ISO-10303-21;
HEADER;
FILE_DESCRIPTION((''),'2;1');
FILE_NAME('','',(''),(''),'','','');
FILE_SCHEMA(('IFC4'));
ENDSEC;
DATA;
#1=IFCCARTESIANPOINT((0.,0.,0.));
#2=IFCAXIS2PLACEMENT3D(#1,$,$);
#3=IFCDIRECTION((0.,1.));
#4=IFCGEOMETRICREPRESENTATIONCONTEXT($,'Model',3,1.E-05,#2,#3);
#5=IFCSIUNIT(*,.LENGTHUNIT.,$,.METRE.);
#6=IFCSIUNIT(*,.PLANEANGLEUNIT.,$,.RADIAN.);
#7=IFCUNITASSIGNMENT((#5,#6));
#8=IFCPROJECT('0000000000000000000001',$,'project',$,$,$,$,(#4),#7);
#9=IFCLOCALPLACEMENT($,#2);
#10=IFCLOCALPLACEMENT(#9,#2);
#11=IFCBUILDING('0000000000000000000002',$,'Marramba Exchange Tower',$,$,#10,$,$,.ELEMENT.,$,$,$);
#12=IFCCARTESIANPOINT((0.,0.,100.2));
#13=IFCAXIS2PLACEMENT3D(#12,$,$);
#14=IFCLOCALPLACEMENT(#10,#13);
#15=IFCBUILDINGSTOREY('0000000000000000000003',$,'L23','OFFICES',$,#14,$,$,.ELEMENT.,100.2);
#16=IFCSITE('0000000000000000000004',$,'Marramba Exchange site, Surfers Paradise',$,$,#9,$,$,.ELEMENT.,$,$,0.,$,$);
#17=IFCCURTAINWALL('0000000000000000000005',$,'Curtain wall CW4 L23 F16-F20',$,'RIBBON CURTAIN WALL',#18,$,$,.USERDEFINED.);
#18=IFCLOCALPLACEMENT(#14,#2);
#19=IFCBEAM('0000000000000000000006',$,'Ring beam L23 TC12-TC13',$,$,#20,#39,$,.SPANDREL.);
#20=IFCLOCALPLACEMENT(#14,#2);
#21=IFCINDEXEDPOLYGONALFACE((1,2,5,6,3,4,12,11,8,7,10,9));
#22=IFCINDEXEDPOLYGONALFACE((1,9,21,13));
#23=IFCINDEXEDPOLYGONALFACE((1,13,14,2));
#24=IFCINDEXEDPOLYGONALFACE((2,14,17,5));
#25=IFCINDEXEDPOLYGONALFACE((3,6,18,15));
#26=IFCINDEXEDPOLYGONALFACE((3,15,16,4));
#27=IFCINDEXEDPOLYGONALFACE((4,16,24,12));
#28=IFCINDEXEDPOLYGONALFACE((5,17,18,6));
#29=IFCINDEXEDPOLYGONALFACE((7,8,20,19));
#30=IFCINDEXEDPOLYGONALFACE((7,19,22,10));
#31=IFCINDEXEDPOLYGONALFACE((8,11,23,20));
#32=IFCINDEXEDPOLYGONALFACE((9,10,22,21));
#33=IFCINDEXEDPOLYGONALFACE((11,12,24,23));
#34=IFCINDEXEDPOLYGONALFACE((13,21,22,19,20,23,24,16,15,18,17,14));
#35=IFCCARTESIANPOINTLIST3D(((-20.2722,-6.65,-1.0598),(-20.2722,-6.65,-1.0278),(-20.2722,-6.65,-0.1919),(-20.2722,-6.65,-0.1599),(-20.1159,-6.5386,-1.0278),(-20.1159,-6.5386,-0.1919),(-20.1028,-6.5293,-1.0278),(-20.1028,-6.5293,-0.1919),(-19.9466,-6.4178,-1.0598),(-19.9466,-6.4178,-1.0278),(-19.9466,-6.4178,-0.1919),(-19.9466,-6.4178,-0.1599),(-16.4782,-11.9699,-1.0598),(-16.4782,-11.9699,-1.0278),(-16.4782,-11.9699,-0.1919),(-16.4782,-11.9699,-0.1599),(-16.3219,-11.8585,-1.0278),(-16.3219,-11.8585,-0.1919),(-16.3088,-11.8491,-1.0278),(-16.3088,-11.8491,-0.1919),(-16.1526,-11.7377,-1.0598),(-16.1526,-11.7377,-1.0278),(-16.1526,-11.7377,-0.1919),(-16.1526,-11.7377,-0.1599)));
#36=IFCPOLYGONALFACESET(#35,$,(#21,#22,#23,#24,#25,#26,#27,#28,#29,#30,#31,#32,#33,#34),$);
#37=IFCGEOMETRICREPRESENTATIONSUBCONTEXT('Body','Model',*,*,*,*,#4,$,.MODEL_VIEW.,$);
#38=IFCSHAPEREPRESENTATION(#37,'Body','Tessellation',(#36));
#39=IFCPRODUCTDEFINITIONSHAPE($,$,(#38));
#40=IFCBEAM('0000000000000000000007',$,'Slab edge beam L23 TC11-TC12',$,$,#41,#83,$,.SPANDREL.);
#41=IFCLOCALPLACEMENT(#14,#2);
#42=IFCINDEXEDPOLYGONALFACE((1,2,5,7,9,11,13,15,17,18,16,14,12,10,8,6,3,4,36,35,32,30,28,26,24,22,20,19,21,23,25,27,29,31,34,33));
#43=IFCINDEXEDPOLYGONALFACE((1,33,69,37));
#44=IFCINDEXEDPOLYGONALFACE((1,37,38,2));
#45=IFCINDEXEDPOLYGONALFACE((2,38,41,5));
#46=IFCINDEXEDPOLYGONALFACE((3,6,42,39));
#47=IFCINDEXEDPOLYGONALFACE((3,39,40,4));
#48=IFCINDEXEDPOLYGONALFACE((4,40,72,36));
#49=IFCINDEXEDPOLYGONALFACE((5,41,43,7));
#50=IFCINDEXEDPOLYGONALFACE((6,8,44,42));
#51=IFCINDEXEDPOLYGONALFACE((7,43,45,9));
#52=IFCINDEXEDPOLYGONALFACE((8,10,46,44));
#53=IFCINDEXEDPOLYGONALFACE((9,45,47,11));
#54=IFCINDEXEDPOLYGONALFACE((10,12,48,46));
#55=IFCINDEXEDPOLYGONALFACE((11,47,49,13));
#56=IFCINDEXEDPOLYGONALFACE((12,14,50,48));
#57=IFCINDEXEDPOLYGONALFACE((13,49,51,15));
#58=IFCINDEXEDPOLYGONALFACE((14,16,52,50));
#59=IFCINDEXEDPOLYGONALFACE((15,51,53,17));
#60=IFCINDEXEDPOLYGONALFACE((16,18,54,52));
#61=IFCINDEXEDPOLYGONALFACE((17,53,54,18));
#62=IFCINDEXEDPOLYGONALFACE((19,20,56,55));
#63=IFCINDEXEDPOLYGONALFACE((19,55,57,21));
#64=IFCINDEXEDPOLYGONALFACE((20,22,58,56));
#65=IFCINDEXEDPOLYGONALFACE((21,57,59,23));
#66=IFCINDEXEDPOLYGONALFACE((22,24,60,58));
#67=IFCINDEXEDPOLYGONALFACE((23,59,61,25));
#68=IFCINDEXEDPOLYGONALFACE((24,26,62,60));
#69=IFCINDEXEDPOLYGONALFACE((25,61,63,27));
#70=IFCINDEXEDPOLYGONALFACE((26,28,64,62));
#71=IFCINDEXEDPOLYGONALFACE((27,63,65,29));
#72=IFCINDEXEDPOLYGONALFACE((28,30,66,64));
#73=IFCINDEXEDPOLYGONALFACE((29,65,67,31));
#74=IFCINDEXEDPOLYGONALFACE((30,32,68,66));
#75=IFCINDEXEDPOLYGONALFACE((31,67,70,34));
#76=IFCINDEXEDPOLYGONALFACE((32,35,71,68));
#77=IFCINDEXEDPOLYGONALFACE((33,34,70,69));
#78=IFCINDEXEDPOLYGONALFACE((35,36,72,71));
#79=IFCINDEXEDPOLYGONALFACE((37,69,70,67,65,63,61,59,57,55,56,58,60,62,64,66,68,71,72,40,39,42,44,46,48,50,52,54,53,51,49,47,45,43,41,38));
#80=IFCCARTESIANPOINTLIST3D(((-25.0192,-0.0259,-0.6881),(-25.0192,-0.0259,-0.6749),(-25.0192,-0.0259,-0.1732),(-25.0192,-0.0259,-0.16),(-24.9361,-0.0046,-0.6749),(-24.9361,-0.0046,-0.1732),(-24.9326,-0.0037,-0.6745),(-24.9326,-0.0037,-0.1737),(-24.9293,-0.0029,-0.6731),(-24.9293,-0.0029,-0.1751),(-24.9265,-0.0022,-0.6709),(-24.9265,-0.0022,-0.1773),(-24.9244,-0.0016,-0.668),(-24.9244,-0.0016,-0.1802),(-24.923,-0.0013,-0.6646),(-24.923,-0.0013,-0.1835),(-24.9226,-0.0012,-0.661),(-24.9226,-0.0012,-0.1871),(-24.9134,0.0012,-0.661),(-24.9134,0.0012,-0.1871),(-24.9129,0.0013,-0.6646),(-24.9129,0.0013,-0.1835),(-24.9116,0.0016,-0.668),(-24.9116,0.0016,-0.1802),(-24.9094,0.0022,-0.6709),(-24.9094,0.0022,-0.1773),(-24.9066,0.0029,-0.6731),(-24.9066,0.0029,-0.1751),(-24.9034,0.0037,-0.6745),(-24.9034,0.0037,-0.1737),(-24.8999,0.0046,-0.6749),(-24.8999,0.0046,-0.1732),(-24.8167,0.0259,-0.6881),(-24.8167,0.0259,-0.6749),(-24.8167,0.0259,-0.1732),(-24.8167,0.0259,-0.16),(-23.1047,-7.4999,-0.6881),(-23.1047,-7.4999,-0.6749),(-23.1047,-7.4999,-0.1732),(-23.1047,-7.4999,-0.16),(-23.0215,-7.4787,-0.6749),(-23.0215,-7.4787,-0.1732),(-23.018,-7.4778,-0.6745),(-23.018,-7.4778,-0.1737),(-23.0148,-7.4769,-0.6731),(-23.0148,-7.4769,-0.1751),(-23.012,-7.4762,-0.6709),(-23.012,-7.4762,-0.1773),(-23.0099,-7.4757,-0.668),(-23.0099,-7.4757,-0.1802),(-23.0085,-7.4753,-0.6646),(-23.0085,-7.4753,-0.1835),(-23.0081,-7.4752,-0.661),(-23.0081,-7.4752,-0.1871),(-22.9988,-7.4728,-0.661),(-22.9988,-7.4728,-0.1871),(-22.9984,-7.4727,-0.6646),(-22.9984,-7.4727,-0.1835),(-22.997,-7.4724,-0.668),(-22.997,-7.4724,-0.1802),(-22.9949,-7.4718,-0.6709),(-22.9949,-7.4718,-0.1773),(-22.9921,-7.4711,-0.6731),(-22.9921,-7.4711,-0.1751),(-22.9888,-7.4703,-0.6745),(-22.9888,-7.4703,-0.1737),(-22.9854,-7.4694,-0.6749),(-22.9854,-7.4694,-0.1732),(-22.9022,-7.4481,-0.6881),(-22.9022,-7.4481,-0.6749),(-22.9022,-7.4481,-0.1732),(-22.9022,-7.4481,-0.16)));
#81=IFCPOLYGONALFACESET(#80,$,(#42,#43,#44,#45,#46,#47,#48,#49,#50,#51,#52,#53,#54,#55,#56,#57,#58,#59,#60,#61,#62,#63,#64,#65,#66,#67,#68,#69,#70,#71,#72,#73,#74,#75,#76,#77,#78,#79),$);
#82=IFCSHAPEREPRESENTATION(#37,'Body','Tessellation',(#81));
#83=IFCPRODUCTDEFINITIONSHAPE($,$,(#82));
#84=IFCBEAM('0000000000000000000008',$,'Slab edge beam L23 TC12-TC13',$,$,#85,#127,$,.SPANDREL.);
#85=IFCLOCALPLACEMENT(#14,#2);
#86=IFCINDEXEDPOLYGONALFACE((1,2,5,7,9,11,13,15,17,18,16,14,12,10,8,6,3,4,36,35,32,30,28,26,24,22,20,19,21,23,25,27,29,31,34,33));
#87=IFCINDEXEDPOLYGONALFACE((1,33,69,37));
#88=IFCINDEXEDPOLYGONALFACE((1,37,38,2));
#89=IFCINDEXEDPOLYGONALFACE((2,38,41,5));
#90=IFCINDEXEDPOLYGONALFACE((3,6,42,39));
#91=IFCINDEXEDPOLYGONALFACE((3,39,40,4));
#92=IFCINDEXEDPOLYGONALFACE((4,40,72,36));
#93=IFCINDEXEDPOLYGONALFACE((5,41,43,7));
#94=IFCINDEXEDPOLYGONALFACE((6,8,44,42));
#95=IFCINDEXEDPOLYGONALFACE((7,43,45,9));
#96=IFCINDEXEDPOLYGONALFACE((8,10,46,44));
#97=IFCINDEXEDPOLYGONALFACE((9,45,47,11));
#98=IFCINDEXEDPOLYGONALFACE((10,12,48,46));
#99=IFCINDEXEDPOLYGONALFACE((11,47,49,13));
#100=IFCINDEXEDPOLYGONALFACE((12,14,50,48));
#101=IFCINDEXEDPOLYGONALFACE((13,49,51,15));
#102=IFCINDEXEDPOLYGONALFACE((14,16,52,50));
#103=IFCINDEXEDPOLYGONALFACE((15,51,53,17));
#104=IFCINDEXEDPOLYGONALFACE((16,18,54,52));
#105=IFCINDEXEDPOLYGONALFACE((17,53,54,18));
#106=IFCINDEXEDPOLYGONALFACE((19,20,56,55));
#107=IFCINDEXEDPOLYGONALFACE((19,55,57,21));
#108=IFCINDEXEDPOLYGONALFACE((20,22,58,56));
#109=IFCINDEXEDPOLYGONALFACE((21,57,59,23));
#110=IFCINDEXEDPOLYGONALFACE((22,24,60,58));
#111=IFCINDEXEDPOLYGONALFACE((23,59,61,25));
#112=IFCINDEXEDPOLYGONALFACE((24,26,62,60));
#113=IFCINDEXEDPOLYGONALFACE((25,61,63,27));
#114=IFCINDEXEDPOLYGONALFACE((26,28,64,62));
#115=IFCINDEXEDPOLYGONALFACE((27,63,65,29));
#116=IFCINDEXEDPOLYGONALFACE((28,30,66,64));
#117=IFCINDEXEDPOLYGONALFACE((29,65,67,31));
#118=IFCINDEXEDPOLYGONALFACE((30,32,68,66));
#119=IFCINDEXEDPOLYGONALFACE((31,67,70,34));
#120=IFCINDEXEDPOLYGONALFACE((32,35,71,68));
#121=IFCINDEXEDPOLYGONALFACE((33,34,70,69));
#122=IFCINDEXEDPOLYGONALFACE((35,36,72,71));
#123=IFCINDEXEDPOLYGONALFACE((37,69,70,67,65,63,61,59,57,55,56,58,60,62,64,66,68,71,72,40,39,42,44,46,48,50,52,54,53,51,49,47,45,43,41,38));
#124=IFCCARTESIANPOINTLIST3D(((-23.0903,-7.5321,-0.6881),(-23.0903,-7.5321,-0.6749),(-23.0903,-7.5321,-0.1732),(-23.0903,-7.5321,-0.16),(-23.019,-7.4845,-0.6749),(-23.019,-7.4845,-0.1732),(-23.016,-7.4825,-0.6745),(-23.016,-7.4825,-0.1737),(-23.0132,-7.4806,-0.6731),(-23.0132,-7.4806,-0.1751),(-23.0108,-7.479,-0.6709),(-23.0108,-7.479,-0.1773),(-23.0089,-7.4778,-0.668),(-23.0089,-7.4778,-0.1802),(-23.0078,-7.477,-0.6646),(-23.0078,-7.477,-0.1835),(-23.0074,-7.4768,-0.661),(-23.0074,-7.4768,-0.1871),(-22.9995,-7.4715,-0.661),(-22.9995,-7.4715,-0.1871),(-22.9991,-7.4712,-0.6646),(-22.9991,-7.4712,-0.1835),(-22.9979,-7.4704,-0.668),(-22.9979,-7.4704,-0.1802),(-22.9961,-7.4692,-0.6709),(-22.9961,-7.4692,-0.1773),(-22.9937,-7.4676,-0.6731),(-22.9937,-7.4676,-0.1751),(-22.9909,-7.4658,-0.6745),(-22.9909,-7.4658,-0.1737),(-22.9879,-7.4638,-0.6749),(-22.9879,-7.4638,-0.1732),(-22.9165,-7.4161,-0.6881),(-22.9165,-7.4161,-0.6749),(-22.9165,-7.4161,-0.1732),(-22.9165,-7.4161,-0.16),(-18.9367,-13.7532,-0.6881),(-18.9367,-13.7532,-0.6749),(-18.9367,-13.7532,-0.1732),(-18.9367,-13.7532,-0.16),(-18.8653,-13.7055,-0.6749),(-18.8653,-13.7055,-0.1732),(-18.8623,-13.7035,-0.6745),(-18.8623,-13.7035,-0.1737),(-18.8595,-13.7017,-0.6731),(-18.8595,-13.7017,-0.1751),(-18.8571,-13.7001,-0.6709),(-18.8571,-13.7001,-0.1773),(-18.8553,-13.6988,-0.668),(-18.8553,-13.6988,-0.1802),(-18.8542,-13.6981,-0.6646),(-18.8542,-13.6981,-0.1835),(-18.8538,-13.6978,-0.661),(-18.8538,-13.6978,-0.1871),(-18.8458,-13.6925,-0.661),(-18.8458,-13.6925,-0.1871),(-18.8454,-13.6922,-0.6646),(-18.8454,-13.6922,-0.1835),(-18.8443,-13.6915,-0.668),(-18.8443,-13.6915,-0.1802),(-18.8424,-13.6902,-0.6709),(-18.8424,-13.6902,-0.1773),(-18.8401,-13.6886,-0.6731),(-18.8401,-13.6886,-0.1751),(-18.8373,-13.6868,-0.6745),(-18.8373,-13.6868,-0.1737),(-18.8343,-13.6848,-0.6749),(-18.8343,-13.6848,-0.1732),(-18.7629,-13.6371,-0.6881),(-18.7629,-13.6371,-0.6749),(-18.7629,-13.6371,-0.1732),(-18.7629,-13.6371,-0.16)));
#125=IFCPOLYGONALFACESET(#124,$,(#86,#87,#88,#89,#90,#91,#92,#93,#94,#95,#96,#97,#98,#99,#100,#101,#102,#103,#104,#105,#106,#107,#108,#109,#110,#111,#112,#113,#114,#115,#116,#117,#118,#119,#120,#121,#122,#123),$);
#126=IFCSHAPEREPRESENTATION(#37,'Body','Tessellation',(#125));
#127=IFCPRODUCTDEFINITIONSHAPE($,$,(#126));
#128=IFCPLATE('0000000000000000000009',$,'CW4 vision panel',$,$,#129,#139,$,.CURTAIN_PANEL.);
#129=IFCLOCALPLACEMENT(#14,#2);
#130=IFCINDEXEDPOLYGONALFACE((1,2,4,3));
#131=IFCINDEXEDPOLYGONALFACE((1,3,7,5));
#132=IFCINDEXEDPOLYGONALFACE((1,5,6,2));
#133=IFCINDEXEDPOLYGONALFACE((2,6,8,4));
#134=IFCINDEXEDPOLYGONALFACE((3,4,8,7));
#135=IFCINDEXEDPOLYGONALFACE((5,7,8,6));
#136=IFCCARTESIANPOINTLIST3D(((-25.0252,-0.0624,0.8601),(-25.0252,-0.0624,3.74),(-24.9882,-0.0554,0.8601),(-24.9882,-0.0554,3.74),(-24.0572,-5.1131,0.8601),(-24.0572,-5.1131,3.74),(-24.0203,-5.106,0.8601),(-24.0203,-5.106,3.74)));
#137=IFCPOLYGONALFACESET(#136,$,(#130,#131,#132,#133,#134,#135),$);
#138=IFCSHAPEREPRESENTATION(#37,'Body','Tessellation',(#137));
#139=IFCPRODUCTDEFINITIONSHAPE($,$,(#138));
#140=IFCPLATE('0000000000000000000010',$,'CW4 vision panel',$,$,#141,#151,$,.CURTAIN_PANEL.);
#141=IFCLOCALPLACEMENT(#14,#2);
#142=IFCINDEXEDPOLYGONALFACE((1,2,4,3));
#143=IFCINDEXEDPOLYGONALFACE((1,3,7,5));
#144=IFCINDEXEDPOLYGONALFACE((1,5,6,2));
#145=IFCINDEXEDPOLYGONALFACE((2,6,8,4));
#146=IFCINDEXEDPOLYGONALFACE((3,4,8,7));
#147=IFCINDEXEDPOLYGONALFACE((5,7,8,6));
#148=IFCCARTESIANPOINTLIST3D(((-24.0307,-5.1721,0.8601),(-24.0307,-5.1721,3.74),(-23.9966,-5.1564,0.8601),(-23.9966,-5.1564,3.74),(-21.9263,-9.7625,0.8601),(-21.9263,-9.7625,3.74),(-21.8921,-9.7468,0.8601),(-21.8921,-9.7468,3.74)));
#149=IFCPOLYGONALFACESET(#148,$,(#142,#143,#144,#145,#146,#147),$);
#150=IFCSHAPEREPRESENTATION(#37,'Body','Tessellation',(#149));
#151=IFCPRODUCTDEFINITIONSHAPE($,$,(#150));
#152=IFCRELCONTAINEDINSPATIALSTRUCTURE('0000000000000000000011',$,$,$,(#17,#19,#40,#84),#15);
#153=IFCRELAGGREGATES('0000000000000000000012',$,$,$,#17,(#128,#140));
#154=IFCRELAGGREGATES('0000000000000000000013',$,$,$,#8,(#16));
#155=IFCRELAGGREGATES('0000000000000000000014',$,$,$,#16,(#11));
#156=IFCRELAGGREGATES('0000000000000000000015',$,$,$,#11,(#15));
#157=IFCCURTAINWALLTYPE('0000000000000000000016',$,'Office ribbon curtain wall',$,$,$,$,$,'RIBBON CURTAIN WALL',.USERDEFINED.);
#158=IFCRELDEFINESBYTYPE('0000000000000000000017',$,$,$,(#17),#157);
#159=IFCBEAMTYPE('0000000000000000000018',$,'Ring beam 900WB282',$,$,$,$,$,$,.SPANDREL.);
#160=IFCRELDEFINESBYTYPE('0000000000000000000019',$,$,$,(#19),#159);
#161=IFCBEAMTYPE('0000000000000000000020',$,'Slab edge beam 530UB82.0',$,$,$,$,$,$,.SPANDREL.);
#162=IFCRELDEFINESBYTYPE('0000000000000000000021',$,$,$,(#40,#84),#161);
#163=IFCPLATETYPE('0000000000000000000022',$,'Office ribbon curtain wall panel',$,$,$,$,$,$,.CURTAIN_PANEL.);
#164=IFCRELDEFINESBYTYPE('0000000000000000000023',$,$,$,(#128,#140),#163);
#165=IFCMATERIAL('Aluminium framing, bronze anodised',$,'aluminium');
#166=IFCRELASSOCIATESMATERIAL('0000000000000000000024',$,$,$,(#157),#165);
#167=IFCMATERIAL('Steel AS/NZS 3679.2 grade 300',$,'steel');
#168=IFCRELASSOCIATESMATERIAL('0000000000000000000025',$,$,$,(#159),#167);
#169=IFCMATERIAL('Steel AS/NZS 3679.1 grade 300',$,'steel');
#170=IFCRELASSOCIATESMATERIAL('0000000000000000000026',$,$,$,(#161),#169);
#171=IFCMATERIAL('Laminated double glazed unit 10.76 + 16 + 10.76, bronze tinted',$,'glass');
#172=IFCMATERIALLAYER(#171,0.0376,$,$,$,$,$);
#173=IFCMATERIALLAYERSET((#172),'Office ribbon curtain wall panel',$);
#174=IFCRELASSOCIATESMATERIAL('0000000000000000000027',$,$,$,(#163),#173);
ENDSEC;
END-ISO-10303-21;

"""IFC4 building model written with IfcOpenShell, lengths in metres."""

from ifc_helpers import new_model, si_unit, direction, frame, origin, origin_2d, place, context, subcontext, project, spatial, rectangle, i_section, extrude, material, layer, layer_set, material_profile, profile_set, type_object, element, aggregate, save


model = new_model("IFC4")

# Units and contexts
model_context = context("Model", 3, precision=1e-05, world=origin(), true_north=direction((0.0, 1.0)))
body_context = subcontext(model_context, "Body", "Model", "MODEL_VIEW")
ifc_project = project(units=[si_unit("LENGTHUNIT", "METRE"), si_unit("PLANEANGLEUNIT", "RADIAN")], contexts=[model_context])

# Site, building, storey
site_placement = place(None, origin())
site = spatial("IfcSite", under=ifc_project, at=site_placement, Name="Marramba Exchange site, Surfers Paradise", CompositionType="ELEMENT", RefElevation=0.0)
building_placement = place(site_placement, origin())
building = spatial("IfcBuilding", under=site, at=building_placement, Name="Marramba Exchange Tower", CompositionType="ELEMENT")
storey_placement = place(building_placement, frame((0.0, 0.0, 100.2)))
storey = spatial("IfcBuildingStorey", under=building, at=storey_placement, Name="L23", Description="OFFICES", CompositionType="ELEMENT", Elevation=100.2)

# Shared definitions
ifc_material_1 = material(Name="Steel AS/NZS 3679.2 grade 300", Category="steel")

# Curtain wall
ifc_material_2 = material(Name="Aluminium framing, bronze anodised", Category="aluminium")
curtain_wall_type = type_object("IfcCurtainWallType", Name="Office ribbon curtain wall", ElementType="RIBBON CURTAIN WALL", PredefinedType="USERDEFINED", material=ifc_material_2)
curtain_wall_placement = place(storey_placement, origin())
curtain_wall = element("IfcCurtainWall", 1, at=curtain_wall_placement, inside=storey, type_object=curtain_wall_type, Name="Curtain wall CW4 L23 F16-F20", ObjectType="RIBBON CURTAIN WALL", PredefinedType="USERDEFINED")

# Beams
ifc_material_profile_1 = material_profile(ifc_material_1, i_section(OverallWidth=0.3999, OverallDepth=0.8999, WebThickness=0.0161, FlangeThickness=0.032, at=origin_2d()), Name="900WB282")
ifc_profile_set_1 = profile_set([ifc_material_profile_1], Name="Steel AS/NZS 3679.2 grade 300")
beam_type_1 = type_object("IfcBeamType", Name="Ring beam 900WB282", PredefinedType="SPANDREL", material=ifc_profile_set_1)
beam_1_placement = place(storey_placement, frame((-20.1094, -6.5339, -0.6099), z_axis=(0.580637, -0.814162, 0.0), x_axis=(0.814162, 0.580637, 0.0)))
element("IfcBeam", 2, at=beam_1_placement, inside=storey, type_object=beam_type_1, Name="Ring beam L23 TC12-TC13", PredefinedType="SPANDREL", context=body_context, shape_type="SweptSolid", body=[
    extrude(i_section(OverallWidth=0.3999, OverallDepth=0.8999, WebThickness=0.0161, FlangeThickness=0.032, at=origin_2d()), origin(), (0.0, 0.0, 1.0), 6.5342),
])
ifc_material_3 = material(Name="Steel AS/NZS 3679.1 grade 300", Category="steel")
ifc_material_profile_2 = material_profile(ifc_material_3, i_section(OverallWidth=0.209, OverallDepth=0.5281, WebThickness=0.0095, FlangeThickness=0.0132, FilletRadius=0.0139, at=origin_2d()), Name="530UB82.0")
ifc_profile_set_2 = profile_set([ifc_material_profile_2], Name="Steel AS/NZS 3679.1 grade 300")
beam_type_2 = type_object("IfcBeamType", Name="Slab edge beam 530UB82.0", PredefinedType="SPANDREL", material=ifc_profile_set_2)
beam_2_placement = place(storey_placement, frame((-24.918, 0.0, -0.4241), z_axis=(0.248145, -0.968723, 0.0), x_axis=(0.968723, 0.248145, 0.0)))
element("IfcBeam", 3, at=beam_2_placement, inside=storey, type_object=beam_type_2, Name="Slab edge beam L23 TC11-TC12", PredefinedType="SPANDREL", context=body_context, shape_type="SweptSolid", body=[
    extrude(i_section(OverallWidth=0.209, OverallDepth=0.5281, WebThickness=0.0095, FlangeThickness=0.0132, FilletRadius=0.0139, at=origin_2d()), origin(), (0.0, 0.0, 1.0), 7.7153),
])
beam_3_placement = place(storey_placement, frame((-23.0034, -7.4741, -0.4241), z_axis=(0.55528, -0.831663, 0.0), x_axis=(0.831663, 0.55528, 0.0)))
element("IfcBeam", 4, at=beam_3_placement, inside=storey, type_object=beam_type_2, Name="Slab edge beam L23 TC12-TC13", PredefinedType="SPANDREL", context=body_context, shape_type="SweptSolid", body=[
    extrude(i_section(OverallWidth=0.209, OverallDepth=0.5281, WebThickness=0.0095, FlangeThickness=0.0132, FilletRadius=0.0139, at=origin_2d()), origin(), (0.0, 0.0, 1.0), 7.4802),
])

# Plates
ifc_material_4 = material(Name="Laminated double glazed unit 10.76 + 16 + 10.76, bronze tinted", Category="glass")
ifc_layer_1 = layer(ifc_material_4, 0.0376)
ifc_layer_set_1 = layer_set([ifc_layer_1], Name="Office ribbon curtain wall panel")
plate_type = type_object("IfcPlateType", Name="Office ribbon curtain wall panel", PredefinedType="CURTAIN_PANEL", material=ifc_layer_set_1)
plate_1_placement = place(storey_placement, frame((-24.5227, -2.5842, 0.8601), z_axis=(0.0, 0.0, 1.0), x_axis=(0.188227, -0.982126, 0.0)))
plate_1 = element("IfcPlate", 5, at=plate_1_placement, type_object=plate_type, Name="CW4 vision panel", PredefinedType="CURTAIN_PANEL", context=body_context, shape_type="SweptSolid", body=[
    extrude(rectangle(XDim=5.1426, YDim=0.0376, at=origin_2d()), origin(), (0.0, 0.0, 1.0), 2.8799),
])
plate_2_placement = place(storey_placement, frame((-22.9614, -7.4595, 0.8601), z_axis=(0.0, 0.0, 1.0), x_axis=(0.416738, -0.909027, 0.0)))
plate_2 = element("IfcPlate", 6, at=plate_2_placement, type_object=plate_type, Name="CW4 vision panel", PredefinedType="CURTAIN_PANEL", context=body_context, shape_type="SweptSolid", body=[
    extrude(rectangle(XDim=5.0498, YDim=0.0376, at=origin_2d()), origin(), (0.0, 0.0, 1.0), 2.8799),
])
aggregate(curtain_wall, [plate_1, plate_2])

save(model, "model.ifc")
